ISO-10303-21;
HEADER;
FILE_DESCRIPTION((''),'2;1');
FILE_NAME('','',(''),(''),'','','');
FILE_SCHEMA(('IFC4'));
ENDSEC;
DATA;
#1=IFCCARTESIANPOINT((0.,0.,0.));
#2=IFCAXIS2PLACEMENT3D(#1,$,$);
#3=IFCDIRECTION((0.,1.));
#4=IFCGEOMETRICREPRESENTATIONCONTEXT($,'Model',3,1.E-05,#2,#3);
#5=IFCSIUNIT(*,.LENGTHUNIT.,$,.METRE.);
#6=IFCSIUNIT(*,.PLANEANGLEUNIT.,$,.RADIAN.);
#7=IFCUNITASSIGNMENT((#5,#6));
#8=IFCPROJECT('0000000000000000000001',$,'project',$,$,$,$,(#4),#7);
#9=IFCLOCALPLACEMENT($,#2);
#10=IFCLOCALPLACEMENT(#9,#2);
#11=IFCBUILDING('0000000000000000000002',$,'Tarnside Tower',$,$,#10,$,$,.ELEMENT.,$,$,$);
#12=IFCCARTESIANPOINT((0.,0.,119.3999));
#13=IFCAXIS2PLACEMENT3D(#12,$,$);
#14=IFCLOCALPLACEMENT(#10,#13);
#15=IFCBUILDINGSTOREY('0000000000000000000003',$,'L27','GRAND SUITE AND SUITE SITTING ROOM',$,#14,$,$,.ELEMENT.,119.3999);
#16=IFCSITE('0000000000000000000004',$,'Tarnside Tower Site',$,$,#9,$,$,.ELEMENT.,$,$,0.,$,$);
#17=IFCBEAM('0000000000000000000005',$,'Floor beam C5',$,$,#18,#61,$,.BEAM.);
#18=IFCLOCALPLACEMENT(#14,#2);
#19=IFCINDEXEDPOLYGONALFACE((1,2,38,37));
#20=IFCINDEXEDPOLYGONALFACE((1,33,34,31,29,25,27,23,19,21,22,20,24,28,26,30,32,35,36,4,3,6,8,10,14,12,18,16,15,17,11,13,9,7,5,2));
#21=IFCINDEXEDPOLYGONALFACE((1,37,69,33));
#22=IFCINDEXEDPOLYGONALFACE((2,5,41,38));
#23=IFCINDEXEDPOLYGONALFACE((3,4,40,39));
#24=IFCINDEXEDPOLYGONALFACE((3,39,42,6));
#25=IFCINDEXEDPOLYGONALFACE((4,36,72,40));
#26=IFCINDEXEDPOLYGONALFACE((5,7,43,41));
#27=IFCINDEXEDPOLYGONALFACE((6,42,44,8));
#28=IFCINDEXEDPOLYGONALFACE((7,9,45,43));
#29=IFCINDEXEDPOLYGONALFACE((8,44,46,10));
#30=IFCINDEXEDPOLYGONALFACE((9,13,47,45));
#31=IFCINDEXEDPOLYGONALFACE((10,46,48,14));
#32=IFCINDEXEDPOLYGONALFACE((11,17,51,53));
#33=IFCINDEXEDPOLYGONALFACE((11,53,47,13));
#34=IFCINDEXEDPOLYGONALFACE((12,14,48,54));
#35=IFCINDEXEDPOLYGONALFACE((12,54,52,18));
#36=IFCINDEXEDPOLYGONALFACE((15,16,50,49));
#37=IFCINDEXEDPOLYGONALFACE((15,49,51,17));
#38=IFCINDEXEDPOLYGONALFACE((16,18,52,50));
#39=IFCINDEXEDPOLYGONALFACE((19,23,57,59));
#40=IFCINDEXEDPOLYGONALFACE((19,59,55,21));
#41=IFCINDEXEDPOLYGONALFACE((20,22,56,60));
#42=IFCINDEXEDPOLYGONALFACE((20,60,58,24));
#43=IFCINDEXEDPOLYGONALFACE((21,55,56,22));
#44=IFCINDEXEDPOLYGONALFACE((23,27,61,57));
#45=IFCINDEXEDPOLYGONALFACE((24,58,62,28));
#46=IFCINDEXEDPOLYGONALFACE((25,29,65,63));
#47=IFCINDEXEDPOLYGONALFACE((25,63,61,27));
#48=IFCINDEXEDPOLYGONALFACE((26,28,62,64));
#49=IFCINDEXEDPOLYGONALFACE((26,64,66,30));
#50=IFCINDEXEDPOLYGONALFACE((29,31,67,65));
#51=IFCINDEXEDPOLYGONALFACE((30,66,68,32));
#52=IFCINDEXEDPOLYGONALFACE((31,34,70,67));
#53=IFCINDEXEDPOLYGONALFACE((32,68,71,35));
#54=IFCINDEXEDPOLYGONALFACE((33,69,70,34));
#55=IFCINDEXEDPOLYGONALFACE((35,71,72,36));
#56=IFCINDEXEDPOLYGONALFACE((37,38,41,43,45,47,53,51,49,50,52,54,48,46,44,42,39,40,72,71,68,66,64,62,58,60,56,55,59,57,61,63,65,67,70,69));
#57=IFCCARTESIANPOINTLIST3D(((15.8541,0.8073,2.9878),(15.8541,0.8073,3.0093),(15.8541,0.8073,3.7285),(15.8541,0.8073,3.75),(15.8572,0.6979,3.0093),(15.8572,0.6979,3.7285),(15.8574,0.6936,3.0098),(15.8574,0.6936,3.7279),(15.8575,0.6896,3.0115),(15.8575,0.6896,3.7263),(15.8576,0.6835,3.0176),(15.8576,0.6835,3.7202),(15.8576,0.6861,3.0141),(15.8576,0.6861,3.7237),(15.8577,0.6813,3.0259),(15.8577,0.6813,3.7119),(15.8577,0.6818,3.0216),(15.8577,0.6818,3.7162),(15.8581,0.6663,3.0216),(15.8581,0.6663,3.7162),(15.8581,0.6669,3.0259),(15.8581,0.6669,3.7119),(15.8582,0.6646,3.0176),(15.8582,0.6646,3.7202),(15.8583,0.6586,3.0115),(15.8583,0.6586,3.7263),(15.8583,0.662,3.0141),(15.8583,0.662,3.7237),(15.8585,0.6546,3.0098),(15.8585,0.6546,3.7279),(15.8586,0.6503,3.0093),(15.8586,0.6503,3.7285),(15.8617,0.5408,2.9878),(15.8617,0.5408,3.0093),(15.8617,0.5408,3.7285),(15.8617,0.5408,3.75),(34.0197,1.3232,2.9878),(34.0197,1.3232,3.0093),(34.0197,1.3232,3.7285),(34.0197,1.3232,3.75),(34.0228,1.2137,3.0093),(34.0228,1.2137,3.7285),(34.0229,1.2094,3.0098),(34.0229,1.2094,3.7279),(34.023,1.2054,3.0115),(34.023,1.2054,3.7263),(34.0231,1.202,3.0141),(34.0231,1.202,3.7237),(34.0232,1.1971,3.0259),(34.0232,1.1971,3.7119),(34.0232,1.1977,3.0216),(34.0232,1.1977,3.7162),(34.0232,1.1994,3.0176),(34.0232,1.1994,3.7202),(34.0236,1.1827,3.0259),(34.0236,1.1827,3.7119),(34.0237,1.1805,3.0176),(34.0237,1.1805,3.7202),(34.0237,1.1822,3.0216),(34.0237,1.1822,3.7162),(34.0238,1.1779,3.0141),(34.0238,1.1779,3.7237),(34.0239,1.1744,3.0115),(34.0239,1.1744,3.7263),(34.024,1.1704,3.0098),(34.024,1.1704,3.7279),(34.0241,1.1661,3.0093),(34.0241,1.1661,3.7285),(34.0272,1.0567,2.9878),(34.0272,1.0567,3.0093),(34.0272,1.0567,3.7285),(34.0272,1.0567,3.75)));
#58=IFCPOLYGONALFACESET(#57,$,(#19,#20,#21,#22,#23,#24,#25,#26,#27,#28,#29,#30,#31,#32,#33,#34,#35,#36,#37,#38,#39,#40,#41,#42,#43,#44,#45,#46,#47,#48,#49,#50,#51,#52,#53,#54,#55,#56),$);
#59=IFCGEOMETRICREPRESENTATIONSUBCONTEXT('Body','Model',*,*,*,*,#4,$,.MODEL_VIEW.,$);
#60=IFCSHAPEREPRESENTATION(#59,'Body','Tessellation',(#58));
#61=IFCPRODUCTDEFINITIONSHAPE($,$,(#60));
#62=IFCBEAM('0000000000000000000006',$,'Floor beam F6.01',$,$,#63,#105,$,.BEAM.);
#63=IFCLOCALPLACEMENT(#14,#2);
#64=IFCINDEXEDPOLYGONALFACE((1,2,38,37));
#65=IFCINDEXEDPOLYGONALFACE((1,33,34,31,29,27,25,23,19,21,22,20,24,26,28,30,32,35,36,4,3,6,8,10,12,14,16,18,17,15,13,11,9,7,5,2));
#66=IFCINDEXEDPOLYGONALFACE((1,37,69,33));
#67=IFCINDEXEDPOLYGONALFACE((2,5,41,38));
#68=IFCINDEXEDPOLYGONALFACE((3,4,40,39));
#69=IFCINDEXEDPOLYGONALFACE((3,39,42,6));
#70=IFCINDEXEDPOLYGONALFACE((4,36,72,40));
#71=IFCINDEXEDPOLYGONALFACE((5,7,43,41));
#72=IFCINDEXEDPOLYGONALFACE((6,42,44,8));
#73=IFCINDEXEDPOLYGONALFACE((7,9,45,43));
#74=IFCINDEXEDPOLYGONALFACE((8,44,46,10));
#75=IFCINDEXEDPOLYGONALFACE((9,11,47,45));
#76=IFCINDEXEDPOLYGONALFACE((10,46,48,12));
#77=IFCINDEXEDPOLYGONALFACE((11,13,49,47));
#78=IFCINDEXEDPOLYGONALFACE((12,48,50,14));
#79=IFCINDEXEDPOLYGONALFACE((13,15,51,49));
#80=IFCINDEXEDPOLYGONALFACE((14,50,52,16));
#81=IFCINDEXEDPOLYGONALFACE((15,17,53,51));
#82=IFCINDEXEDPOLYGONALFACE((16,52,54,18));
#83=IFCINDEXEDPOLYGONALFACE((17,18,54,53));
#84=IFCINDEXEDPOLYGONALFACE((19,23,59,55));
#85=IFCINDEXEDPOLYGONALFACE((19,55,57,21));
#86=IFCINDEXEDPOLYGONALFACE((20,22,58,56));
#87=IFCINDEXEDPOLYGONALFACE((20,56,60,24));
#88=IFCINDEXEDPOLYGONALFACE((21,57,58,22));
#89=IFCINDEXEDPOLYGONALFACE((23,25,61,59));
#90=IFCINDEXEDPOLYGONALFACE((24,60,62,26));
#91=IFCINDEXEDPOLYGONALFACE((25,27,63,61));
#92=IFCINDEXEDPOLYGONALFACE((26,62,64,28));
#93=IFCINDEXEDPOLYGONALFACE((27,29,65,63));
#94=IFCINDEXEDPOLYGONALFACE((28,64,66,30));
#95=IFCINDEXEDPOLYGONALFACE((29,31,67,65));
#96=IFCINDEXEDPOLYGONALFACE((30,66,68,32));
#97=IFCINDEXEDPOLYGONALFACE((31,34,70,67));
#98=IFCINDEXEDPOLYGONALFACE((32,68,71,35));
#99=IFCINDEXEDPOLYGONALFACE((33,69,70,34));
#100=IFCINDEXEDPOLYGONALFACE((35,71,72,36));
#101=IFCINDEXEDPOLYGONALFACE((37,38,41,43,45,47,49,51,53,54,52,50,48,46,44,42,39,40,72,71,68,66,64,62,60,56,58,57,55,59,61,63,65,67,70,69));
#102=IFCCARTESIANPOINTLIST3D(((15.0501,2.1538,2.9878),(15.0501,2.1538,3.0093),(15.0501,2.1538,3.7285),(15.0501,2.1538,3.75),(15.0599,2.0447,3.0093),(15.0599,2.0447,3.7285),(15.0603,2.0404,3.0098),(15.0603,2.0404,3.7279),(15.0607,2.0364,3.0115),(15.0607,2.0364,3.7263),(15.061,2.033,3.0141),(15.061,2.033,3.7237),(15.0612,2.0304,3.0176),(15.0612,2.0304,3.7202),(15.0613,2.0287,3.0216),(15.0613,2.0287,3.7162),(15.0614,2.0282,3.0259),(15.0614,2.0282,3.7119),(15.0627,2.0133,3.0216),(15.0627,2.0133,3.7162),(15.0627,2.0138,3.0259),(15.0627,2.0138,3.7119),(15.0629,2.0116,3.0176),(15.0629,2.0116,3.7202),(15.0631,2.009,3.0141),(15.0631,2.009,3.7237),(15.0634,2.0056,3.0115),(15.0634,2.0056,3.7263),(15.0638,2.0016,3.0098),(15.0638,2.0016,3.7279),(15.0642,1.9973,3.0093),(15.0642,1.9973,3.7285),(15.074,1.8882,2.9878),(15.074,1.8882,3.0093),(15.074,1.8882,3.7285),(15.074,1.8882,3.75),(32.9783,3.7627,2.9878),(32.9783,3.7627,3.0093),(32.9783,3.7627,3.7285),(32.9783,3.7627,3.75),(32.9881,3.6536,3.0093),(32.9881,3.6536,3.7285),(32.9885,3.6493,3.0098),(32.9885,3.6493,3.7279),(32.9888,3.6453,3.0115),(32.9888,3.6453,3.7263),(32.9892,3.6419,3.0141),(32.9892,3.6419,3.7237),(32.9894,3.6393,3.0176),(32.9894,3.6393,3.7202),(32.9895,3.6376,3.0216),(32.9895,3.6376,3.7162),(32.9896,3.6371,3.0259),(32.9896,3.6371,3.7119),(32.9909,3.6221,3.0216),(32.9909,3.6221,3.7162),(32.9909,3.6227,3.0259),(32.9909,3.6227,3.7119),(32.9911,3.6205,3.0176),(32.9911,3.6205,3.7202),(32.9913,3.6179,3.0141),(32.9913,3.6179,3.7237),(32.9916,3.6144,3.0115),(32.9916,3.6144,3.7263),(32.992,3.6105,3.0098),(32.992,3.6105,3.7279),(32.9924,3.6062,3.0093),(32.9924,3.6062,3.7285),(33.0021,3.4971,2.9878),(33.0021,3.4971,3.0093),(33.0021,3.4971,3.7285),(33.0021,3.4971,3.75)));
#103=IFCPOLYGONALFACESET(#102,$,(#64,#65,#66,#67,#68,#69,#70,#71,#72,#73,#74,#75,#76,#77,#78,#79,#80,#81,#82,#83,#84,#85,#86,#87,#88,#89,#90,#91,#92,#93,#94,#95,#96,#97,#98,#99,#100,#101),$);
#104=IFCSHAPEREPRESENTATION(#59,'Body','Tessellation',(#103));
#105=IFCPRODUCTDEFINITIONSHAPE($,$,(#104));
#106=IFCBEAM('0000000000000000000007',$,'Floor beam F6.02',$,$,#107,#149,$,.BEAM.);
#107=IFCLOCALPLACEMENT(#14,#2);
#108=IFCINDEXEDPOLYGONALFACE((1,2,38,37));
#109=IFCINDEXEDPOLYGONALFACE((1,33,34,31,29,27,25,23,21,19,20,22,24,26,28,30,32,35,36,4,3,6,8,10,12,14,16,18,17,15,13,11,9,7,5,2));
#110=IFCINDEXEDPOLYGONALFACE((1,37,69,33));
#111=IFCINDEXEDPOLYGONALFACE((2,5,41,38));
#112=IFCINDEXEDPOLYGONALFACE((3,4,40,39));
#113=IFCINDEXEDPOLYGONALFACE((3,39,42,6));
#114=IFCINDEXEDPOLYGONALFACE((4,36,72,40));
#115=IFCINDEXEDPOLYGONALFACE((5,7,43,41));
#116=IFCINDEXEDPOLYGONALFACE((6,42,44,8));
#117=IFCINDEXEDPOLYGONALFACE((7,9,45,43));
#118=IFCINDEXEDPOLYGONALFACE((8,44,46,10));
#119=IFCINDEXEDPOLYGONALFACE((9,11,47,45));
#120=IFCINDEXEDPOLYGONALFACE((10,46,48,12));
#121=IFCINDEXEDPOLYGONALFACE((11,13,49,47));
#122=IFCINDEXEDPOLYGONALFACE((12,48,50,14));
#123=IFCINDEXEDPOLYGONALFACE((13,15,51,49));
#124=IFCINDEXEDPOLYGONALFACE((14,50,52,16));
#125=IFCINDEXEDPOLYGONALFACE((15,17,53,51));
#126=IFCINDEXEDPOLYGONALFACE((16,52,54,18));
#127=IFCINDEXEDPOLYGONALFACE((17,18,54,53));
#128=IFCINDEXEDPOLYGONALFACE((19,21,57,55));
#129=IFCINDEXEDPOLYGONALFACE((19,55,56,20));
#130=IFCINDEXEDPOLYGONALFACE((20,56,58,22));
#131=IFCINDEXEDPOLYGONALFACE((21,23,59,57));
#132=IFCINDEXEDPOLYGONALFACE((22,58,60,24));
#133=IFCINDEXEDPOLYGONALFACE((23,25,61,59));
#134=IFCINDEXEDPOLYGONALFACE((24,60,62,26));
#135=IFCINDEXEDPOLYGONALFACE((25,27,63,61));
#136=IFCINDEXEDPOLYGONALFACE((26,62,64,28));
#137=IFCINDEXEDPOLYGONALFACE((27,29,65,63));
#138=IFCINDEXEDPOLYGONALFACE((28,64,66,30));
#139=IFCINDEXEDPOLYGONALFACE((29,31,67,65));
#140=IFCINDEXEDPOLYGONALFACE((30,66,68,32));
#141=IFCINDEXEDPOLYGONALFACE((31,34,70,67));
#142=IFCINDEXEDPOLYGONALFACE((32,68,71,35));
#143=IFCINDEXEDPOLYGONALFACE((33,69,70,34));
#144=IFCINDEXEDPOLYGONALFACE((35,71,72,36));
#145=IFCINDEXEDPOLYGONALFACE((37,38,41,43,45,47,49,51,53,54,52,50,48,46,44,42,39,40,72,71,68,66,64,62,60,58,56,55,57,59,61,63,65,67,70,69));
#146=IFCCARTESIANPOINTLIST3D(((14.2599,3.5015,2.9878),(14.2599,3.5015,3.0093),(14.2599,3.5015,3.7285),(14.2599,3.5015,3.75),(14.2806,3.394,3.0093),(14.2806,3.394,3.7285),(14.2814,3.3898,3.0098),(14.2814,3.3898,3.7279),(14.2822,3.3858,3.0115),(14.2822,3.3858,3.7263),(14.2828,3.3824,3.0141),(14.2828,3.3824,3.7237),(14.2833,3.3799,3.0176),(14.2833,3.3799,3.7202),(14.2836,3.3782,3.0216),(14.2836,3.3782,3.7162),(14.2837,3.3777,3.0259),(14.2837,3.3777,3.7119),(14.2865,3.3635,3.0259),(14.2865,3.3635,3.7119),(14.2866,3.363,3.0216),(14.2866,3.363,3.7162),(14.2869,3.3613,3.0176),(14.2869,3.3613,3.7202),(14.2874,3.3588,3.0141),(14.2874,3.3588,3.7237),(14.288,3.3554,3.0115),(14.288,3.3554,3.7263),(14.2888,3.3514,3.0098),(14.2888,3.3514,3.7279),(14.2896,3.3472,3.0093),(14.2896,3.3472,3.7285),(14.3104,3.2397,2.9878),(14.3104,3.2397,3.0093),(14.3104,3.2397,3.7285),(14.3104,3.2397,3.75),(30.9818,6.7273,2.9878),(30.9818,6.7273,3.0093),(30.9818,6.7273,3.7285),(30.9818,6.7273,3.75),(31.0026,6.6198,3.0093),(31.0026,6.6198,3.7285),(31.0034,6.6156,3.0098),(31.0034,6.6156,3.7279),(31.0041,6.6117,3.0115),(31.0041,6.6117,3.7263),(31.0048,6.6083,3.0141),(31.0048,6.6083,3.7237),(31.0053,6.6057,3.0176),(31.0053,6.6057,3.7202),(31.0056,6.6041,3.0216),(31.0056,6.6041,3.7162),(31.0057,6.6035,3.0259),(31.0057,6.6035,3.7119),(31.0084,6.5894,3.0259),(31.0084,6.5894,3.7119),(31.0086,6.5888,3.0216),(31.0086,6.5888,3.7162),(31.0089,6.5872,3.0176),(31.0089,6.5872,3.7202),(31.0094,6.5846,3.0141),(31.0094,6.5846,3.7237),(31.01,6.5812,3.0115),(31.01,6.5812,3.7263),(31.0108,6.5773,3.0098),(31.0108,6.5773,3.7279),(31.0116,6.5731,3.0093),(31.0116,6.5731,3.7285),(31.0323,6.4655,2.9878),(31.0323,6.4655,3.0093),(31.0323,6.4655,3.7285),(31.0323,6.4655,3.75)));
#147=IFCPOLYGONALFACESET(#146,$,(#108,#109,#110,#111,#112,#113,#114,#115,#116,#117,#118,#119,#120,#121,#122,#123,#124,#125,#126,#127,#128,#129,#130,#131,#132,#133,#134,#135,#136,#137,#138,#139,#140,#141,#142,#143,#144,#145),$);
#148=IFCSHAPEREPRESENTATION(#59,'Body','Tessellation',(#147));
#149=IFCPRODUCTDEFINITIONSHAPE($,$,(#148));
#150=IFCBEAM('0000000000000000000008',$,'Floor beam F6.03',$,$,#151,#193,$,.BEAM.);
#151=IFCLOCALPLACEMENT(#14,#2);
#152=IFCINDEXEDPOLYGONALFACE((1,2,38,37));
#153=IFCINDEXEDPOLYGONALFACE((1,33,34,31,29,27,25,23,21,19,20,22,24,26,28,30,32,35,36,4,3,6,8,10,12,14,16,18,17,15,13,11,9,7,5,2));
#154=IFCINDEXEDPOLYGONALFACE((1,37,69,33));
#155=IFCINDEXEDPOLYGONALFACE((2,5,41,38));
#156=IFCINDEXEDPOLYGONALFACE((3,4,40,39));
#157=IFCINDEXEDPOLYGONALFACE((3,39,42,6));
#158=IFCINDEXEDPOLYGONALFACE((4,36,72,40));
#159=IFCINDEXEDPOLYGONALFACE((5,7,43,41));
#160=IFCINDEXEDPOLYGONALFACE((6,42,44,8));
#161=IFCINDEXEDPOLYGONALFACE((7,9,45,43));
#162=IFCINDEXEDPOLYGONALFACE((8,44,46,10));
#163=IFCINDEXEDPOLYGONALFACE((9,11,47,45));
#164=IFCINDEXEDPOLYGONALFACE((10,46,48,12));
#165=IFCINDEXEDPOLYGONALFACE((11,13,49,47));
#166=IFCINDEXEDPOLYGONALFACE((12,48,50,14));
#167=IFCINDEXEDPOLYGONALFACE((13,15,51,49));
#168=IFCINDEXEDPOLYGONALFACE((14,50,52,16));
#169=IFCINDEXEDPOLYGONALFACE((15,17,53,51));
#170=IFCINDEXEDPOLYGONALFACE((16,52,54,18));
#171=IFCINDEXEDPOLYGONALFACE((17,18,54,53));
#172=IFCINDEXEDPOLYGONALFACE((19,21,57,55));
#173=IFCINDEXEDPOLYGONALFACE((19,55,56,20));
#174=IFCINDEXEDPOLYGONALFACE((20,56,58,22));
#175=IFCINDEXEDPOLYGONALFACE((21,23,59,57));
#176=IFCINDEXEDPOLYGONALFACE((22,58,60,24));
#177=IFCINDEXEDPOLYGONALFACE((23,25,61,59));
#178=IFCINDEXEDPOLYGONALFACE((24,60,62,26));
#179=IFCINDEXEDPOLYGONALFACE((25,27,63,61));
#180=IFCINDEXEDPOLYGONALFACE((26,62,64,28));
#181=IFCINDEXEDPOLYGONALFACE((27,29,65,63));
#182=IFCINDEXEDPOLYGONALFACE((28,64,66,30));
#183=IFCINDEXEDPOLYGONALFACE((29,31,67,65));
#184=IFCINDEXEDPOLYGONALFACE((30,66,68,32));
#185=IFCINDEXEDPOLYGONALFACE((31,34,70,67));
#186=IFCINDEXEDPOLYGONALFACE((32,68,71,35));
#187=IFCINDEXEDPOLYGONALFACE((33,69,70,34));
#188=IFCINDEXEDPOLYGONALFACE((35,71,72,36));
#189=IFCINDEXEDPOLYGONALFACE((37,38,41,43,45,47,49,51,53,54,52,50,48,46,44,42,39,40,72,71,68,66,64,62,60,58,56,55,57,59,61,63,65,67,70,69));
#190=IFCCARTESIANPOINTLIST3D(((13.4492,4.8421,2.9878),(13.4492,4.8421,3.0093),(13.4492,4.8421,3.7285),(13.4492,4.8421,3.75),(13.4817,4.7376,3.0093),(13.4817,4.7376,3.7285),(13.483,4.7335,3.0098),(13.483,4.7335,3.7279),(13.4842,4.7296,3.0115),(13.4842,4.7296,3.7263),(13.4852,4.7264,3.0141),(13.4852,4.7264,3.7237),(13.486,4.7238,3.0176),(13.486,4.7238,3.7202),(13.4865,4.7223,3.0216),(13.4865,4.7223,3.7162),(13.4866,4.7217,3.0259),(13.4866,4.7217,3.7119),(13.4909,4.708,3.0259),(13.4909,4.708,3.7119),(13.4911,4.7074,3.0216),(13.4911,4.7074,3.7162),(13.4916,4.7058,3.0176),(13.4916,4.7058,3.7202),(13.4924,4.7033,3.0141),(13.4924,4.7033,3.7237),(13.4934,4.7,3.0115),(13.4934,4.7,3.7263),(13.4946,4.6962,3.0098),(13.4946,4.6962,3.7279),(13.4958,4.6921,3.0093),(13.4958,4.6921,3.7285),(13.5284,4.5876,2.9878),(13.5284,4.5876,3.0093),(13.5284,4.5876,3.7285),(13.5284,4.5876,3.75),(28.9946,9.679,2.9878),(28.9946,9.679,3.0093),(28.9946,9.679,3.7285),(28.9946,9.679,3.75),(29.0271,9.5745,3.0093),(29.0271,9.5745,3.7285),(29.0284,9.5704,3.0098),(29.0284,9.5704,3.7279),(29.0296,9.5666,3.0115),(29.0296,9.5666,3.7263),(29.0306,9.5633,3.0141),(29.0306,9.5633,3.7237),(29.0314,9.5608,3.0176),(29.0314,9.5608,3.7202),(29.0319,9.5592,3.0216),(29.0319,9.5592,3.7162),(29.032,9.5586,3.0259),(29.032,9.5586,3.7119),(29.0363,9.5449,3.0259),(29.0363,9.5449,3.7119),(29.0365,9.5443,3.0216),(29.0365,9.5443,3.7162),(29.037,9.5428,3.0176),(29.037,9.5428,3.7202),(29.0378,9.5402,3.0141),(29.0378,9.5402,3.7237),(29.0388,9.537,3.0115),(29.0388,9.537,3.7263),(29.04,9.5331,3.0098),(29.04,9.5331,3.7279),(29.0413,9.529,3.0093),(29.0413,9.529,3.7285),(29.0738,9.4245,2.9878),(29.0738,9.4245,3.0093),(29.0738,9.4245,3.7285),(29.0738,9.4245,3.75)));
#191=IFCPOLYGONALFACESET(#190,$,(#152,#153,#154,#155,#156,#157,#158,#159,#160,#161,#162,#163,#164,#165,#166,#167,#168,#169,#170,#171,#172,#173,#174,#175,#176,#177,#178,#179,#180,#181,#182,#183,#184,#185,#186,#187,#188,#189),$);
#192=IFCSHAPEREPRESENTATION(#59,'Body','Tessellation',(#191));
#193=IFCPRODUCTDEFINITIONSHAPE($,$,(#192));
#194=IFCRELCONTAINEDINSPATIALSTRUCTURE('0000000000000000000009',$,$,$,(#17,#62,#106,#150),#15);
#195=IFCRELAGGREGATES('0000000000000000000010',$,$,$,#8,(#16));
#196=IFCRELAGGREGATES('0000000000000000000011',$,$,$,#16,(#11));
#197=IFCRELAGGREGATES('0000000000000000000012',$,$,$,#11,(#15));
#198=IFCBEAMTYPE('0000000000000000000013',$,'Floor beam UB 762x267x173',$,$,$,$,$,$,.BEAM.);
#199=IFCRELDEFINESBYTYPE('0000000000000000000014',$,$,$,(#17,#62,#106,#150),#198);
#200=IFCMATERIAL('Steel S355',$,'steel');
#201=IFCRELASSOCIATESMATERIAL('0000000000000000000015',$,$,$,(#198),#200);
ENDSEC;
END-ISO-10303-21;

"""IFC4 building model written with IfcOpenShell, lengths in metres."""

from ifc_helpers import new_model, si_unit, direction, frame, origin, origin_2d, place, context, subcontext, project, spatial, i_section, extrude, material, material_profile, profile_set, type_object, element, save


model = new_model("IFC4")

# Units and contexts
model_context = context("Model", 3, precision=1e-05, world=origin(), true_north=direction((0.0, 1.0)))
body_context = subcontext(model_context, "Body", "Model", "MODEL_VIEW")
ifc_project = project(units=[si_unit("LENGTHUNIT", "METRE"), si_unit("PLANEANGLEUNIT", "RADIAN")], contexts=[model_context])

# Site, building, storey
site_placement = place(None, origin())
site = spatial("IfcSite", under=ifc_project, at=site_placement, Name="Tarnside Tower Site", CompositionType="ELEMENT", RefElevation=0.0)
building_placement = place(site_placement, origin())
building = spatial("IfcBuilding", under=site, at=building_placement, Name="Tarnside Tower", CompositionType="ELEMENT")
storey_placement = place(building_placement, frame((0.0, 0.0, 119.3999)))
storey = spatial("IfcBuildingStorey", under=building, at=storey_placement, Name="L27", Description="GRAND SUITE AND SUITE SITTING ROOM", CompositionType="ELEMENT", Elevation=119.3999)

# Beams
ifc_material_1 = material(Name="Steel S355", Category="steel")
ifc_material_profile = material_profile(ifc_material_1, i_section(OverallWidth=0.2666, OverallDepth=0.7622, WebThickness=0.0144, FlangeThickness=0.0215, FilletRadius=0.0166, at=origin_2d()), Name="UB 762x267x173")
ifc_profile_set = profile_set([ifc_material_profile], Name="Steel S355")
beam_type = type_object("IfcBeamType", Name="Floor beam UB 762x267x173", PredefinedType="BEAM", material=ifc_profile_set)
beam_1_placement = place(storey_placement, frame((34.0234, 1.1899, 3.3689), z_axis=(-0.999597, -0.028387, 0.0), x_axis=(0.028387, -0.999597, 0.0)))
element("IfcBeam", 1, at=beam_1_placement, inside=storey, type_object=beam_type, Name="Floor beam C5", PredefinedType="BEAM", context=body_context, shape_type="SweptSolid", body=[
    extrude(i_section(OverallWidth=0.2666, OverallDepth=0.7622, WebThickness=0.0144, FlangeThickness=0.0215, FilletRadius=0.0166, at=origin_2d()), origin(), (0.0, 0.0, 1.0), 18.1729),
])
beam_2_placement = place(storey_placement, frame((32.9902, 3.6299, 3.3689), z_axis=(-0.995997, -0.089381, 0.0), x_axis=(0.089381, -0.995997, 0.0)))
element("IfcBeam", 2, at=beam_2_placement, inside=storey, type_object=beam_type, Name="Floor beam F6.01", PredefinedType="BEAM", context=body_context, shape_type="SweptSolid", body=[
    extrude(i_section(OverallWidth=0.2666, OverallDepth=0.7622, WebThickness=0.0144, FlangeThickness=0.0215, FilletRadius=0.0166, at=origin_2d()), origin(), (0.0, 0.0, 1.0), 18.0002),
])
beam_3_placement = place(storey_placement, frame((31.0071, 6.5964, 3.3689), z_axis=(-0.981897, -0.189418, 0.0), x_axis=(0.189418, -0.981897, 0.0)))
element("IfcBeam", 3, at=beam_3_placement, inside=storey, type_object=beam_type, Name="Floor beam F6.02", PredefinedType="BEAM", context=body_context, shape_type="SweptSolid", body=[
    extrude(i_section(OverallWidth=0.2666, OverallDepth=0.7622, WebThickness=0.0144, FlangeThickness=0.0215, FilletRadius=0.0166, at=origin_2d()), origin(), (0.0, 0.0, 1.0), 17.0303),
])
beam_4_placement = place(storey_placement, frame((29.0342, 9.5518, 3.3689), z_axis=(-0.954847, -0.297098, 0.0), x_axis=(0.297098, -0.954847, 0.0)))
element("IfcBeam", 4, at=beam_4_placement, inside=storey, type_object=beam_type, Name="Floor beam F6.03", PredefinedType="BEAM", context=body_context, shape_type="SweptSolid", body=[
    extrude(i_section(OverallWidth=0.2666, OverallDepth=0.7622, WebThickness=0.0144, FlangeThickness=0.0215, FilletRadius=0.0166, at=origin_2d()), origin(), (0.0, 0.0, 1.0), 16.2805),
])

save(model, "model.ifc")
